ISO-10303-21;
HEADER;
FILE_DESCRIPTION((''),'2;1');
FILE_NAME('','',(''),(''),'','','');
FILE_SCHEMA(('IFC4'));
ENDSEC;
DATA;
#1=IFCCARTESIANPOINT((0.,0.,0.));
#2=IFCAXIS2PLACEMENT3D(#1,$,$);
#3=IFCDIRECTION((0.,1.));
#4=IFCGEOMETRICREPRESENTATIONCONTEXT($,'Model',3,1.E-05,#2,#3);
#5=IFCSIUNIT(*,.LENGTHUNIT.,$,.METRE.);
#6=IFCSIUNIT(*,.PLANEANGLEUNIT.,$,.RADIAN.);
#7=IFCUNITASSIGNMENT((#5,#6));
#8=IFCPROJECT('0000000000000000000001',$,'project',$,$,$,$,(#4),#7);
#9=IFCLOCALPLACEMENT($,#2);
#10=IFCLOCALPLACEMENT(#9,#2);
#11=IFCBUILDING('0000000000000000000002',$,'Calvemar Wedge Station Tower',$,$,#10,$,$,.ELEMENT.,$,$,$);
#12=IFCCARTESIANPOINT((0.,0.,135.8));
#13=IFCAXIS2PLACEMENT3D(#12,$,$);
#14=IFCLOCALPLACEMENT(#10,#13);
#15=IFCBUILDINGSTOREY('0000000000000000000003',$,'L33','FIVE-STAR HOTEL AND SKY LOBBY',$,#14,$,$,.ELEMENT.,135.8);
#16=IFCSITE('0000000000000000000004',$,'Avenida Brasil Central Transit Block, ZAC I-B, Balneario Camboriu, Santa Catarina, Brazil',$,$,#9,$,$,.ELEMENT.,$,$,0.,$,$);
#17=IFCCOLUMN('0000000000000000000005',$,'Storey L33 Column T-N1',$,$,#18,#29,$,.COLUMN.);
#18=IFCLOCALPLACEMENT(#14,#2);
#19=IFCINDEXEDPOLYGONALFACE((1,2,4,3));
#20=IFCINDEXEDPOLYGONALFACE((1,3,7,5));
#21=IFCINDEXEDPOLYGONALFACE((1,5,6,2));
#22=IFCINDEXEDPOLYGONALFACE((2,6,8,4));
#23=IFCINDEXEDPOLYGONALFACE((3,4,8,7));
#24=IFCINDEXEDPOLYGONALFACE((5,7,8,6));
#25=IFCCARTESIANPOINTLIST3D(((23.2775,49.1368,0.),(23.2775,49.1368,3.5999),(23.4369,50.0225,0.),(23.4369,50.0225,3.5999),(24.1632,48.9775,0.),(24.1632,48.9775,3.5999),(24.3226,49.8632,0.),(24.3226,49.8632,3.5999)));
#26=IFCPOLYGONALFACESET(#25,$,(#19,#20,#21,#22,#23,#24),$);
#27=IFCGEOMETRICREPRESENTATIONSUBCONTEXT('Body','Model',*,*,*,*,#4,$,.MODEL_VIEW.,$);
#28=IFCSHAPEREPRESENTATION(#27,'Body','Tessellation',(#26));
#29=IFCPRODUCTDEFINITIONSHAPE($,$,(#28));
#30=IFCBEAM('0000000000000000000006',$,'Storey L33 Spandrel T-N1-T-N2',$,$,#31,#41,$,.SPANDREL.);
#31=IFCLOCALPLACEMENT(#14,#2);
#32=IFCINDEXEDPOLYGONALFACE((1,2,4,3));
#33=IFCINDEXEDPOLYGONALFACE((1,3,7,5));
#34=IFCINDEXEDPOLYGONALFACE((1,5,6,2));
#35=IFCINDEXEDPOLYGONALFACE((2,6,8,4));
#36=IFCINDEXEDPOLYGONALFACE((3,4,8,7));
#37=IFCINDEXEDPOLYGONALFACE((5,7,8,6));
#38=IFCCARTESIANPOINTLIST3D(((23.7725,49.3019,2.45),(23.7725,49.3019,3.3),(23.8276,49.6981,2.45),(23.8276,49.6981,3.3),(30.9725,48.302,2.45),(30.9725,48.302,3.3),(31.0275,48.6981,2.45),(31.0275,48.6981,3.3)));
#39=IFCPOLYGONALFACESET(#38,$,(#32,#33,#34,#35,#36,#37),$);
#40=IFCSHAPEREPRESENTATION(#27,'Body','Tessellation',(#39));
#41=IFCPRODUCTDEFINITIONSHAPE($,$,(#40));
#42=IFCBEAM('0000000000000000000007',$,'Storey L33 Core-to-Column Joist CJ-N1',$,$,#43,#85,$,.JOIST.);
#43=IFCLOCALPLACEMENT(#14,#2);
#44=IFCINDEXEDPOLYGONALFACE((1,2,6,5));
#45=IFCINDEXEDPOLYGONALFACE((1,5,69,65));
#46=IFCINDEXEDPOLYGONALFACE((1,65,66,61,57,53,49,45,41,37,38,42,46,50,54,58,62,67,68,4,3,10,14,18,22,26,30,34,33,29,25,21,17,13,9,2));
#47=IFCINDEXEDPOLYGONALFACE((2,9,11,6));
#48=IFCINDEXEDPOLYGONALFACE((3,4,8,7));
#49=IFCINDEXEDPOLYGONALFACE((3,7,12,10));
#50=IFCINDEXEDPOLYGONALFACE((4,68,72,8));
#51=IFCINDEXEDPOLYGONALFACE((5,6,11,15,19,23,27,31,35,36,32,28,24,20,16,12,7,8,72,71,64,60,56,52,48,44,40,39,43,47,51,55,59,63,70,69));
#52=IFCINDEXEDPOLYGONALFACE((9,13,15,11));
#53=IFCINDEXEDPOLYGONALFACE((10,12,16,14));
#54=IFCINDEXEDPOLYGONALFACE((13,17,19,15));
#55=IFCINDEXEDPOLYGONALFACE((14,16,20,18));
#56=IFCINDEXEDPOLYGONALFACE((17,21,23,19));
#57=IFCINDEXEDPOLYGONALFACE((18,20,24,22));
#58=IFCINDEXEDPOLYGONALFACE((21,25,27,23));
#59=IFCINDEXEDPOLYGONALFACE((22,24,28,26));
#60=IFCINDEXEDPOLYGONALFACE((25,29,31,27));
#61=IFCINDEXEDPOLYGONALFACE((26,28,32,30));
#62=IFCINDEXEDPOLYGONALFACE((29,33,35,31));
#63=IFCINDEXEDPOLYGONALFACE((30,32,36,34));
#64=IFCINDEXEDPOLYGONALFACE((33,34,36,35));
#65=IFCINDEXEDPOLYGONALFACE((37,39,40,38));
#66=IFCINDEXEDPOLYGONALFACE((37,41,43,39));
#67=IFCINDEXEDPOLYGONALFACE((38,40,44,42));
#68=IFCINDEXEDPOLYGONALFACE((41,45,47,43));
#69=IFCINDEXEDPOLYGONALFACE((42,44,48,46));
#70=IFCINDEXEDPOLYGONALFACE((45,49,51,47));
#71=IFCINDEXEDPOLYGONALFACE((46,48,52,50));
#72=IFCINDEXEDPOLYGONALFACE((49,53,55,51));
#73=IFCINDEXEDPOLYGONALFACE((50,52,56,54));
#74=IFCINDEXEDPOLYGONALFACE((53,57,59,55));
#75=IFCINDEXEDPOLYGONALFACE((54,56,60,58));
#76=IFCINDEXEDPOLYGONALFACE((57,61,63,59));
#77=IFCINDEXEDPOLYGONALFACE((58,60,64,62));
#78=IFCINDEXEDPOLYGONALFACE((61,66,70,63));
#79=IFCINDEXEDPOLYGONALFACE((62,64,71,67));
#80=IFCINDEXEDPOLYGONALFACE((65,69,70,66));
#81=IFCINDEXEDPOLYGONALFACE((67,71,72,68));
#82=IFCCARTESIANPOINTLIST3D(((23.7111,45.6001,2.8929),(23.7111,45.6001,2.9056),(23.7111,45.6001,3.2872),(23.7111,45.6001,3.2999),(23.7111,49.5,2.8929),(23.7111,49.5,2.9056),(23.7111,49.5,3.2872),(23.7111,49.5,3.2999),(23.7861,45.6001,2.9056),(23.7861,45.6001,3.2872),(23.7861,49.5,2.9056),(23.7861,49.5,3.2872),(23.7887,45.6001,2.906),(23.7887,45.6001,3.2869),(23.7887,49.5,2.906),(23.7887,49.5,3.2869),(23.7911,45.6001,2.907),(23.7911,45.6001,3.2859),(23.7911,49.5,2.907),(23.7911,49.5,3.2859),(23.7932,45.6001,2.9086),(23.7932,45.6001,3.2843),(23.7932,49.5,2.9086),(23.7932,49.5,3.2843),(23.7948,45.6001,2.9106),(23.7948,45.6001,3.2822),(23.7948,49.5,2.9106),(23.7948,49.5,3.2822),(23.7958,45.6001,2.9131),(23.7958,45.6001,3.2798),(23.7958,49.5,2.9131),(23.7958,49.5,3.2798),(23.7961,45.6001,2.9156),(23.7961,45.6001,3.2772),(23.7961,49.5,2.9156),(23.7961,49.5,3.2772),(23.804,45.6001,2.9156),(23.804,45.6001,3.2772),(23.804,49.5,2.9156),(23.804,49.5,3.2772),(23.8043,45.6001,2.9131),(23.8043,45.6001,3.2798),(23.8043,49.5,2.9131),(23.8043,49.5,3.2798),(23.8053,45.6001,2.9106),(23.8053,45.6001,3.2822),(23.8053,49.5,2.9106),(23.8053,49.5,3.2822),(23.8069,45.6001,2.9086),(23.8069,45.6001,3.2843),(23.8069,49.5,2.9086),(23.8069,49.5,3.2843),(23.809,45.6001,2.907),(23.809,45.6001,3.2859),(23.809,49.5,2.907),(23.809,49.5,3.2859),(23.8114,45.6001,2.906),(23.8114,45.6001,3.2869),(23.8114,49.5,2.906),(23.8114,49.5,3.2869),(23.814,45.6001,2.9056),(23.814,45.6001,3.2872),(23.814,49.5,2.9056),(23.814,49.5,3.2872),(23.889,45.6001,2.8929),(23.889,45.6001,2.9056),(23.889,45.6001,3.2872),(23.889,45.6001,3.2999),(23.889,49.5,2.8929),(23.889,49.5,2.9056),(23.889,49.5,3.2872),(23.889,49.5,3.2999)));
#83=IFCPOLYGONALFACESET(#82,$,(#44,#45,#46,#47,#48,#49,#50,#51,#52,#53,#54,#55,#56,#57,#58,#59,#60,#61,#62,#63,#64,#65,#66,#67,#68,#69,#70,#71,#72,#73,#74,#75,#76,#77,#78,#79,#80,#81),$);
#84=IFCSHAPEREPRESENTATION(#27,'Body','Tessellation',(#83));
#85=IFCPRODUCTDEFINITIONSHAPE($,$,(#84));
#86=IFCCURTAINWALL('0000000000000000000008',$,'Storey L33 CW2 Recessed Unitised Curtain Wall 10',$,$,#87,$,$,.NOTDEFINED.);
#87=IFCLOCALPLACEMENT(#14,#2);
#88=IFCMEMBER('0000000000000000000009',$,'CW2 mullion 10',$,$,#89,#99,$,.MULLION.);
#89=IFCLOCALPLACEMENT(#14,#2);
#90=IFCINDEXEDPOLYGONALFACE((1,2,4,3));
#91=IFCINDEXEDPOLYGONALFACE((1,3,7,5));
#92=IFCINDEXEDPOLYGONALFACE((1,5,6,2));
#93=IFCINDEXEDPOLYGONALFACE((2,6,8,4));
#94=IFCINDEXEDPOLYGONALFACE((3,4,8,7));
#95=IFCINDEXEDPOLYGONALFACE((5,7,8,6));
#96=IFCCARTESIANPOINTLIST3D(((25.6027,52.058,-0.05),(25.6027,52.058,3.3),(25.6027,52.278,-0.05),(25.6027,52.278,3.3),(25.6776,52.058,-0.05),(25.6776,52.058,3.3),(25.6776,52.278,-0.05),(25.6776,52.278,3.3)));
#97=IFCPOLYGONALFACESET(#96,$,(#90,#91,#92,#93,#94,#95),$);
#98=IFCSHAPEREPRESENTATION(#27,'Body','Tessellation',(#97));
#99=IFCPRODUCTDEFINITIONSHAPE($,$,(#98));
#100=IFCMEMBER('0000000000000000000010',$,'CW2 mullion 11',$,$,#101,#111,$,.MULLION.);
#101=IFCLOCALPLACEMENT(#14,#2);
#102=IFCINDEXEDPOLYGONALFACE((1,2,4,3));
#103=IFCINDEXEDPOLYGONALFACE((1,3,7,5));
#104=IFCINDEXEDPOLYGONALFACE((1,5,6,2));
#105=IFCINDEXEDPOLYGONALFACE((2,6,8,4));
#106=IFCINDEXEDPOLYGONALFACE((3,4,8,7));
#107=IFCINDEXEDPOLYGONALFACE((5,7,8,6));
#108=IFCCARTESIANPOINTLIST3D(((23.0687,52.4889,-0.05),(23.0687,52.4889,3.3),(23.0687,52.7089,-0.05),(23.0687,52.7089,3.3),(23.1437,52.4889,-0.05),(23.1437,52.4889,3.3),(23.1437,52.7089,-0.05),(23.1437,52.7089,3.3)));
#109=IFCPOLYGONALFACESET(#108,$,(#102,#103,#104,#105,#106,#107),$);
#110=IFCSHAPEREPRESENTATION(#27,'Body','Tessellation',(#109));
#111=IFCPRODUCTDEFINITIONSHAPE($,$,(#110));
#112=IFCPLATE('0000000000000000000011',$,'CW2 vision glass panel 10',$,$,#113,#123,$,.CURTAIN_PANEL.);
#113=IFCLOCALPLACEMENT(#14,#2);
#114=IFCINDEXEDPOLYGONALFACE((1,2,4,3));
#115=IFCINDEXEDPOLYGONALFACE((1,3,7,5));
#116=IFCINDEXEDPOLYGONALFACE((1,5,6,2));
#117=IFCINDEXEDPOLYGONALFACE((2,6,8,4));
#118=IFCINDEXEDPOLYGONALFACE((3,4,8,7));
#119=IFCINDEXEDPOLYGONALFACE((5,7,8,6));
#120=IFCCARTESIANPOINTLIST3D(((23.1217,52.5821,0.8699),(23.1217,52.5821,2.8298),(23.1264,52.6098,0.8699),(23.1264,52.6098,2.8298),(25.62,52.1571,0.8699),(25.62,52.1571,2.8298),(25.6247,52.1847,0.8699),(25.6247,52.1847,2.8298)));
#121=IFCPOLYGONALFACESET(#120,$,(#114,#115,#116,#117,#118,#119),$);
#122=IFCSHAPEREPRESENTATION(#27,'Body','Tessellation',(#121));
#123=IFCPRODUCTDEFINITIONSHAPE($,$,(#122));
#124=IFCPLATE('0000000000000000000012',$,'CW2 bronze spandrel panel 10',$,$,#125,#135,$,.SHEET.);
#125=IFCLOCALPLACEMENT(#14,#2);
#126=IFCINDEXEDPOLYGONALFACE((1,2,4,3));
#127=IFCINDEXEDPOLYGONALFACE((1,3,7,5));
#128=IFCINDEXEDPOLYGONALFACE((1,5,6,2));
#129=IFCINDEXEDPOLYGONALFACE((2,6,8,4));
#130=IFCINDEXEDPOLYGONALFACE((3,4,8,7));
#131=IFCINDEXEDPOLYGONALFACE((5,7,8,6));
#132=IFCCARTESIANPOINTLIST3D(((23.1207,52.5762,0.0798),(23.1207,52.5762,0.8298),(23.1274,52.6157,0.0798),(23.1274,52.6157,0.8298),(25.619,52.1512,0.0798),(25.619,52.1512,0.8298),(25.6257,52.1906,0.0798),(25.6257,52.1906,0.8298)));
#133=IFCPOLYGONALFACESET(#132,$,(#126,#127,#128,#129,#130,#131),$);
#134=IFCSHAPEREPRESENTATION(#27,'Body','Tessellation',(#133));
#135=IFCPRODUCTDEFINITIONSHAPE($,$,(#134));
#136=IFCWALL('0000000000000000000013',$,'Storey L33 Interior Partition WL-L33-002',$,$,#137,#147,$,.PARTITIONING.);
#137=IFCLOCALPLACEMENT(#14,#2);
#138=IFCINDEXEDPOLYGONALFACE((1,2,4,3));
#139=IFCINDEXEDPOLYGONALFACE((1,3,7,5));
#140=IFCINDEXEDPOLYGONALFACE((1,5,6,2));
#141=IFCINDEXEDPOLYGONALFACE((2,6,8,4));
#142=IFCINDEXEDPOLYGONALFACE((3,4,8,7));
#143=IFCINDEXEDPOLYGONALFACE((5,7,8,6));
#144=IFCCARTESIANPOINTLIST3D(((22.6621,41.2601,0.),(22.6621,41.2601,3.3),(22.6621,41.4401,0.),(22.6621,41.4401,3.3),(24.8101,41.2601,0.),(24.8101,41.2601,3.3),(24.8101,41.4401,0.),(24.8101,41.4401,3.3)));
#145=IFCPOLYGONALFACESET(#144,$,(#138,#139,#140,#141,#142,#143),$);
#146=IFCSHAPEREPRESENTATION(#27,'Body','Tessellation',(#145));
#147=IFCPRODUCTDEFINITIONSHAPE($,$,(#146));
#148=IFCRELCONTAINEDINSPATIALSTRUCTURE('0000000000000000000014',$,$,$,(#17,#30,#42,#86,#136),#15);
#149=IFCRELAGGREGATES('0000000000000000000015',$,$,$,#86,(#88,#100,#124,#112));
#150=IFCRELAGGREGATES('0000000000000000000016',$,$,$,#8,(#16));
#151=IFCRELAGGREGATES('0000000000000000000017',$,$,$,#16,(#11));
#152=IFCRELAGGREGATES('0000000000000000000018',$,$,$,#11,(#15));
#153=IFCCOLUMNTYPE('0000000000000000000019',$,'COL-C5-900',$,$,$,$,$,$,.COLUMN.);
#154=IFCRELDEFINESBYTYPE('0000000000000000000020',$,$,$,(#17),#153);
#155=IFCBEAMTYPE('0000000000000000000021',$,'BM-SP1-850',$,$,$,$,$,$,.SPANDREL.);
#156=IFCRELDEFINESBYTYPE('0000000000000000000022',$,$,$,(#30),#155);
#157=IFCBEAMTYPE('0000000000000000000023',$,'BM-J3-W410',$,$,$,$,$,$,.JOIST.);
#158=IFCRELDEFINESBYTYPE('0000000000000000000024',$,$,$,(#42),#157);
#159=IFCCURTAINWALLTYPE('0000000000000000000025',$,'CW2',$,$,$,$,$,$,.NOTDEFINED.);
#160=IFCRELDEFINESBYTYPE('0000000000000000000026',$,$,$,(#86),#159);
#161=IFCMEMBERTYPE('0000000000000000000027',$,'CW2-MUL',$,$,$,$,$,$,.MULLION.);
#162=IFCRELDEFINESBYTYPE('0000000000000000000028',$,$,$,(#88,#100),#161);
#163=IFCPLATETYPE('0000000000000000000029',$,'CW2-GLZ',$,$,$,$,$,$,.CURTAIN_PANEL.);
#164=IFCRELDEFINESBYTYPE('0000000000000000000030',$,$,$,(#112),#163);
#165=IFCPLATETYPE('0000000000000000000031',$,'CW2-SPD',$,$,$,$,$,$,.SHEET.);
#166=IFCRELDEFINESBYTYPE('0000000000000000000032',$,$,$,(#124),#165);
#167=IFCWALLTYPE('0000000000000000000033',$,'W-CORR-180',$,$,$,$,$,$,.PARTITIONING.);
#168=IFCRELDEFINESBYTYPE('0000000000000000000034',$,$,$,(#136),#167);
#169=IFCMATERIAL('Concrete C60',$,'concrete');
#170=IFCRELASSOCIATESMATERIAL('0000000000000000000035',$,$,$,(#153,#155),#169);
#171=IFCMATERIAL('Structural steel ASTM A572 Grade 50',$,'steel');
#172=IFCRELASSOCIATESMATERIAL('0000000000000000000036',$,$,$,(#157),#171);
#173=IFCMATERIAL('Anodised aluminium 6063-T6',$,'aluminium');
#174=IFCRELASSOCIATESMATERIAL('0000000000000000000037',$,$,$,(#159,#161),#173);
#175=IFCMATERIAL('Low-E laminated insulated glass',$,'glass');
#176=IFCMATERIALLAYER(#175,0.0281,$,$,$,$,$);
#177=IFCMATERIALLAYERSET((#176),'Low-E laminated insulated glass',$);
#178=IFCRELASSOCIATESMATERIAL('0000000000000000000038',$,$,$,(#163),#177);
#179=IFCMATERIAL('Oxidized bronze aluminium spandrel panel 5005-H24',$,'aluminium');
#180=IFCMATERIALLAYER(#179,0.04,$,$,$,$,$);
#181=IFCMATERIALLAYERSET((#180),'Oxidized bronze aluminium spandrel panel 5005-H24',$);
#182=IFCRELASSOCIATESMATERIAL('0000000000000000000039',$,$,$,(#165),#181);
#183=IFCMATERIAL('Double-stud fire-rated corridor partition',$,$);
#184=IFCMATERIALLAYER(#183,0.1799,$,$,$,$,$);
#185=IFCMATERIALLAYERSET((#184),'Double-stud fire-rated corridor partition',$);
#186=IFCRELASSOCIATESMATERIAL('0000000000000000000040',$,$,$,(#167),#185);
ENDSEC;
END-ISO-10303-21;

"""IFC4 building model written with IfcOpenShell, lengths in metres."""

from ifc_helpers import new_model, si_unit, direction, frame, frame_2d, origin, origin_2d, place, context, subcontext, project, spatial, rectangle, i_section, extrude, source, transform, mapped, material, layer, layer_set, material_profile, profile_set, type_object, element, aggregate, save


model = new_model("IFC4")

# Units and contexts
model_context = context("Model", 3, precision=1e-05, world=origin(), true_north=direction((0.0, 1.0)))
body_context = subcontext(model_context, "Body", "Model", "MODEL_VIEW")
ifc_project = project(units=[si_unit("LENGTHUNIT", "METRE"), si_unit("PLANEANGLEUNIT", "RADIAN")], contexts=[model_context])

# Site, building, storey
site_placement = place(None, origin())
site = spatial("IfcSite", under=ifc_project, at=site_placement, Name="Avenida Brasil Central Transit Block, ZAC I-B, Balneario Camboriu, Santa Catarina, Brazil", CompositionType="ELEMENT", RefElevation=0.0)
building_placement = place(site_placement, origin())
building = spatial("IfcBuilding", under=site, at=building_placement, Name="Calvemar Wedge Station Tower", CompositionType="ELEMENT")
storey_placement = place(building_placement, frame((0.0, 0.0, 135.8)))
storey = spatial("IfcBuildingStorey", under=building, at=storey_placement, Name="L33", Description="FIVE-STAR HOTEL AND SKY LOBBY", CompositionType="ELEMENT", Elevation=135.8)

# Column
ifc_material_1 = material(Name="Concrete C60", Category="concrete")
ifc_material_profile_1 = material_profile(ifc_material_1, rectangle(XDim=0.8999, YDim=0.8999, at=origin_2d()), Name="RC900x900")
ifc_profile_set_1 = profile_set([ifc_material_profile_1], Name="Concrete C60")
column_type = type_object("IfcColumnType", Name="COL-C5-900", PredefinedType="COLUMN", material=ifc_profile_set_1)
shared_shape_1 = source(origin(), body_context, "Body", "SweptSolid", [
    extrude(rectangle(XDim=0.8999, YDim=0.8999, at=origin_2d()), origin(), (0.0, 0.0, 1.0), 3.5999),
])
column_placement = place(storey_placement, frame((23.8, 49.5, 0.0), z_axis=(0.0, 0.0, 1.0), x_axis=(0.984196, -0.177085, 0.0)))
element("IfcColumn", 1, at=column_placement, inside=storey, type_object=column_type, Name="Storey L33 Column T-N1", PredefinedType="COLUMN", context=body_context, shape_type="MappedRepresentation", body=[
    mapped(shared_shape_1, transform((0.0, 0.0, 0.0), scale=1.0)),
])

# Beams
ifc_material_profile_2 = material_profile(ifc_material_1, rectangle(XDim=0.3999, YDim=0.8501, at=origin_2d()), Name="RC400x850")
ifc_profile_set_2 = profile_set([ifc_material_profile_2], Name="Concrete C60")
beam_type_1 = type_object("IfcBeamType", Name="BM-SP1-850", PredefinedType="SPANDREL", material=ifc_profile_set_2)
shared_shape_2 = source(origin(), body_context, "Body", "SweptSolid", [
    extrude(rectangle(XDim=0.3999, YDim=0.8501, at=origin_2d()), origin(), (0.0, 0.0, 1.0), 7.269),
])
beam_1_placement = place(storey_placement, frame((23.8, 49.5, 2.875), z_axis=(0.990492, -0.137569, 0.0), x_axis=(0.137569, 0.990492, 0.0)))
element("IfcBeam", 2, at=beam_1_placement, inside=storey, type_object=beam_type_1, Name="Storey L33 Spandrel T-N1-T-N2", PredefinedType="SPANDREL", context=body_context, shape_type="MappedRepresentation", body=[
    mapped(shared_shape_2, transform((0.0, 0.0, 0.0), scale=1.0)),
])
ifc_material_2 = material(Name="Structural steel ASTM A572 Grade 50", Category="steel")
ifc_material_profile_3 = material_profile(ifc_material_2, i_section(OverallWidth=0.178, OverallDepth=0.407, WebThickness=0.0078, FlangeThickness=0.0127, FilletRadius=0.01, at=origin_2d()), Name="W410x60")
ifc_profile_set_3 = profile_set([ifc_material_profile_3], Name="Structural steel ASTM A572 Grade 50")
beam_type_2 = type_object("IfcBeamType", Name="BM-J3-W410", PredefinedType="JOIST", material=ifc_profile_set_3)
shared_shape_3 = source(origin(), body_context, "Body", "SweptSolid", [
    extrude(i_section(OverallWidth=0.178, OverallDepth=0.407, WebThickness=0.0078, FlangeThickness=0.0127, FilletRadius=0.01, at=origin_2d()), origin(), (0.0, 0.0, 1.0), 3.8999),
])
beam_2_placement = place(storey_placement, frame((23.8, 45.6001, 3.0964), z_axis=(0.0, 1.0, 0.0), x_axis=(-1.0, 0.0, 0.0)))
element("IfcBeam", 3, at=beam_2_placement, inside=storey, type_object=beam_type_2, Name="Storey L33 Core-to-Column Joist CJ-N1", PredefinedType="JOIST", context=body_context, shape_type="MappedRepresentation", body=[
    mapped(shared_shape_3, transform((0.0, 0.0, 0.0), scale=1.0)),
])

# Curtain wall, members, plates
ifc_material_3 = material(Name="Anodised aluminium 6063-T6", Category="aluminium")
curtain_wall_type = type_object("IfcCurtainWallType", Name="CW2", PredefinedType="NOTDEFINED", material=ifc_material_3)
curtain_wall_placement = place(storey_placement, origin())
curtain_wall = element("IfcCurtainWall", 4, at=curtain_wall_placement, inside=storey, type_object=curtain_wall_type, Name="Storey L33 CW2 Recessed Unitised Curtain Wall 10", PredefinedType="NOTDEFINED")
ifc_material_profile_4 = material_profile(ifc_material_3, rectangle(XDim=0.075, YDim=0.22, at=origin_2d()), Name="AL-MUL-75x220")
ifc_profile_set_4 = profile_set([ifc_material_profile_4], Name="Anodised aluminium 6063-T6")
member_type = type_object("IfcMemberType", Name="CW2-MUL", PredefinedType="MULLION", material=ifc_profile_set_4)
shared_shape_4 = source(origin(), body_context, "Body", "SweptSolid", [
    extrude(rectangle(XDim=0.075, YDim=0.22, at=origin_2d()), origin(), (0.0, 0.0, 1.0), 3.3501),
])
member_1_placement = place(storey_placement, frame((25.6401, 52.168, -0.05), z_axis=(0.0, 0.0, 1.0), x_axis=(1.0, 0.0, 0.0)))
member_1 = element("IfcMember", 5, at=member_1_placement, type_object=member_type, Name="CW2 mullion 10", PredefinedType="MULLION", context=body_context, shape_type="MappedRepresentation", body=[
    mapped(shared_shape_4, transform((0.0, 0.0, 0.0), scale=1.0)),
])
member_2_placement = place(storey_placement, frame((23.1062, 52.5989, -0.05), z_axis=(0.0, 0.0, 1.0), x_axis=(1.0, 0.0, 0.0)))
member_2 = element("IfcMember", 6, at=member_2_placement, type_object=member_type, Name="CW2 mullion 11", PredefinedType="MULLION", context=body_context, shape_type="MappedRepresentation", body=[
    mapped(shared_shape_4, transform((0.0, 0.0, 0.0), scale=1.0)),
])
ifc_material_4 = material(Name="Low-E laminated insulated glass", Category="glass")
ifc_layer_1 = layer(ifc_material_4, 0.0281)
ifc_layer_set_1 = layer_set([ifc_layer_1], Name="Low-E laminated insulated glass")
plate_type_1 = type_object("IfcPlateType", Name="CW2-GLZ", PredefinedType="CURTAIN_PANEL", material=ifc_layer_set_1)
plate_1_placement = place(storey_placement, frame((25.6223, 52.1709, 0.8699), z_axis=(0.0, 0.0, 1.0), x_axis=(-0.985834, 0.167726, 0.0)))
plate_1 = element("IfcPlate", 7, at=plate_1_placement, type_object=plate_type_1, Name="CW2 vision glass panel 10", PredefinedType="CURTAIN_PANEL", context=body_context, shape_type="SweptSolid", body=[
    extrude(rectangle(XDim=2.5342, YDim=0.0281, at=frame_2d((1.2671, 0.0))), origin(), (0.0, 0.0, 1.0), 1.96),
])
ifc_material_5 = material(Name="Oxidized bronze aluminium spandrel panel 5005-H24", Category="aluminium")
ifc_layer_2 = layer(ifc_material_5, 0.04)
ifc_layer_set_2 = layer_set([ifc_layer_2], Name="Oxidized bronze aluminium spandrel panel 5005-H24")
plate_type_2 = type_object("IfcPlateType", Name="CW2-SPD", PredefinedType="SHEET", material=ifc_layer_set_2)
plate_2_placement = place(storey_placement, frame((25.6223, 52.1709, 0.0798), z_axis=(0.0, 0.0, 1.0), x_axis=(-0.985834, 0.167726, 0.0)))
plate_2 = element("IfcPlate", 8, at=plate_2_placement, type_object=plate_type_2, Name="CW2 bronze spandrel panel 10", PredefinedType="SHEET", context=body_context, shape_type="SweptSolid", body=[
    extrude(rectangle(XDim=2.5342, YDim=0.04, at=frame_2d((1.2671, 0.0))), origin(), (0.0, 0.0, 1.0), 0.75),
])
aggregate(curtain_wall, [member_1, member_2, plate_2, plate_1])

# Wall
ifc_material_6 = material(Name="Double-stud fire-rated corridor partition")
ifc_layer_3 = layer(ifc_material_6, 0.1799)
ifc_layer_set_3 = layer_set([ifc_layer_3], Name="Double-stud fire-rated corridor partition")
wall_type_1 = type_object("IfcWallType", Name="W-CORR-180", PredefinedType="PARTITIONING", material=ifc_layer_set_3)
wall_1_placement = place(storey_placement, frame((24.8101, 41.3501, 0.0), z_axis=(0.0, 0.0, 1.0), x_axis=(-1.0, 0.0, 0.0)))
element("IfcWall", 9, at=wall_1_placement, inside=storey, type_object=wall_type_1, Name="Storey L33 Interior Partition WL-L33-002", PredefinedType="PARTITIONING", context=body_context, shape_type="SweptSolid", body=[
    extrude(rectangle(XDim=2.1479, YDim=0.1799, at=frame_2d((1.074, 0.0))), origin(), (0.0, 0.0, 1.0), 3.3),
])

save(model, "model.ifc")
